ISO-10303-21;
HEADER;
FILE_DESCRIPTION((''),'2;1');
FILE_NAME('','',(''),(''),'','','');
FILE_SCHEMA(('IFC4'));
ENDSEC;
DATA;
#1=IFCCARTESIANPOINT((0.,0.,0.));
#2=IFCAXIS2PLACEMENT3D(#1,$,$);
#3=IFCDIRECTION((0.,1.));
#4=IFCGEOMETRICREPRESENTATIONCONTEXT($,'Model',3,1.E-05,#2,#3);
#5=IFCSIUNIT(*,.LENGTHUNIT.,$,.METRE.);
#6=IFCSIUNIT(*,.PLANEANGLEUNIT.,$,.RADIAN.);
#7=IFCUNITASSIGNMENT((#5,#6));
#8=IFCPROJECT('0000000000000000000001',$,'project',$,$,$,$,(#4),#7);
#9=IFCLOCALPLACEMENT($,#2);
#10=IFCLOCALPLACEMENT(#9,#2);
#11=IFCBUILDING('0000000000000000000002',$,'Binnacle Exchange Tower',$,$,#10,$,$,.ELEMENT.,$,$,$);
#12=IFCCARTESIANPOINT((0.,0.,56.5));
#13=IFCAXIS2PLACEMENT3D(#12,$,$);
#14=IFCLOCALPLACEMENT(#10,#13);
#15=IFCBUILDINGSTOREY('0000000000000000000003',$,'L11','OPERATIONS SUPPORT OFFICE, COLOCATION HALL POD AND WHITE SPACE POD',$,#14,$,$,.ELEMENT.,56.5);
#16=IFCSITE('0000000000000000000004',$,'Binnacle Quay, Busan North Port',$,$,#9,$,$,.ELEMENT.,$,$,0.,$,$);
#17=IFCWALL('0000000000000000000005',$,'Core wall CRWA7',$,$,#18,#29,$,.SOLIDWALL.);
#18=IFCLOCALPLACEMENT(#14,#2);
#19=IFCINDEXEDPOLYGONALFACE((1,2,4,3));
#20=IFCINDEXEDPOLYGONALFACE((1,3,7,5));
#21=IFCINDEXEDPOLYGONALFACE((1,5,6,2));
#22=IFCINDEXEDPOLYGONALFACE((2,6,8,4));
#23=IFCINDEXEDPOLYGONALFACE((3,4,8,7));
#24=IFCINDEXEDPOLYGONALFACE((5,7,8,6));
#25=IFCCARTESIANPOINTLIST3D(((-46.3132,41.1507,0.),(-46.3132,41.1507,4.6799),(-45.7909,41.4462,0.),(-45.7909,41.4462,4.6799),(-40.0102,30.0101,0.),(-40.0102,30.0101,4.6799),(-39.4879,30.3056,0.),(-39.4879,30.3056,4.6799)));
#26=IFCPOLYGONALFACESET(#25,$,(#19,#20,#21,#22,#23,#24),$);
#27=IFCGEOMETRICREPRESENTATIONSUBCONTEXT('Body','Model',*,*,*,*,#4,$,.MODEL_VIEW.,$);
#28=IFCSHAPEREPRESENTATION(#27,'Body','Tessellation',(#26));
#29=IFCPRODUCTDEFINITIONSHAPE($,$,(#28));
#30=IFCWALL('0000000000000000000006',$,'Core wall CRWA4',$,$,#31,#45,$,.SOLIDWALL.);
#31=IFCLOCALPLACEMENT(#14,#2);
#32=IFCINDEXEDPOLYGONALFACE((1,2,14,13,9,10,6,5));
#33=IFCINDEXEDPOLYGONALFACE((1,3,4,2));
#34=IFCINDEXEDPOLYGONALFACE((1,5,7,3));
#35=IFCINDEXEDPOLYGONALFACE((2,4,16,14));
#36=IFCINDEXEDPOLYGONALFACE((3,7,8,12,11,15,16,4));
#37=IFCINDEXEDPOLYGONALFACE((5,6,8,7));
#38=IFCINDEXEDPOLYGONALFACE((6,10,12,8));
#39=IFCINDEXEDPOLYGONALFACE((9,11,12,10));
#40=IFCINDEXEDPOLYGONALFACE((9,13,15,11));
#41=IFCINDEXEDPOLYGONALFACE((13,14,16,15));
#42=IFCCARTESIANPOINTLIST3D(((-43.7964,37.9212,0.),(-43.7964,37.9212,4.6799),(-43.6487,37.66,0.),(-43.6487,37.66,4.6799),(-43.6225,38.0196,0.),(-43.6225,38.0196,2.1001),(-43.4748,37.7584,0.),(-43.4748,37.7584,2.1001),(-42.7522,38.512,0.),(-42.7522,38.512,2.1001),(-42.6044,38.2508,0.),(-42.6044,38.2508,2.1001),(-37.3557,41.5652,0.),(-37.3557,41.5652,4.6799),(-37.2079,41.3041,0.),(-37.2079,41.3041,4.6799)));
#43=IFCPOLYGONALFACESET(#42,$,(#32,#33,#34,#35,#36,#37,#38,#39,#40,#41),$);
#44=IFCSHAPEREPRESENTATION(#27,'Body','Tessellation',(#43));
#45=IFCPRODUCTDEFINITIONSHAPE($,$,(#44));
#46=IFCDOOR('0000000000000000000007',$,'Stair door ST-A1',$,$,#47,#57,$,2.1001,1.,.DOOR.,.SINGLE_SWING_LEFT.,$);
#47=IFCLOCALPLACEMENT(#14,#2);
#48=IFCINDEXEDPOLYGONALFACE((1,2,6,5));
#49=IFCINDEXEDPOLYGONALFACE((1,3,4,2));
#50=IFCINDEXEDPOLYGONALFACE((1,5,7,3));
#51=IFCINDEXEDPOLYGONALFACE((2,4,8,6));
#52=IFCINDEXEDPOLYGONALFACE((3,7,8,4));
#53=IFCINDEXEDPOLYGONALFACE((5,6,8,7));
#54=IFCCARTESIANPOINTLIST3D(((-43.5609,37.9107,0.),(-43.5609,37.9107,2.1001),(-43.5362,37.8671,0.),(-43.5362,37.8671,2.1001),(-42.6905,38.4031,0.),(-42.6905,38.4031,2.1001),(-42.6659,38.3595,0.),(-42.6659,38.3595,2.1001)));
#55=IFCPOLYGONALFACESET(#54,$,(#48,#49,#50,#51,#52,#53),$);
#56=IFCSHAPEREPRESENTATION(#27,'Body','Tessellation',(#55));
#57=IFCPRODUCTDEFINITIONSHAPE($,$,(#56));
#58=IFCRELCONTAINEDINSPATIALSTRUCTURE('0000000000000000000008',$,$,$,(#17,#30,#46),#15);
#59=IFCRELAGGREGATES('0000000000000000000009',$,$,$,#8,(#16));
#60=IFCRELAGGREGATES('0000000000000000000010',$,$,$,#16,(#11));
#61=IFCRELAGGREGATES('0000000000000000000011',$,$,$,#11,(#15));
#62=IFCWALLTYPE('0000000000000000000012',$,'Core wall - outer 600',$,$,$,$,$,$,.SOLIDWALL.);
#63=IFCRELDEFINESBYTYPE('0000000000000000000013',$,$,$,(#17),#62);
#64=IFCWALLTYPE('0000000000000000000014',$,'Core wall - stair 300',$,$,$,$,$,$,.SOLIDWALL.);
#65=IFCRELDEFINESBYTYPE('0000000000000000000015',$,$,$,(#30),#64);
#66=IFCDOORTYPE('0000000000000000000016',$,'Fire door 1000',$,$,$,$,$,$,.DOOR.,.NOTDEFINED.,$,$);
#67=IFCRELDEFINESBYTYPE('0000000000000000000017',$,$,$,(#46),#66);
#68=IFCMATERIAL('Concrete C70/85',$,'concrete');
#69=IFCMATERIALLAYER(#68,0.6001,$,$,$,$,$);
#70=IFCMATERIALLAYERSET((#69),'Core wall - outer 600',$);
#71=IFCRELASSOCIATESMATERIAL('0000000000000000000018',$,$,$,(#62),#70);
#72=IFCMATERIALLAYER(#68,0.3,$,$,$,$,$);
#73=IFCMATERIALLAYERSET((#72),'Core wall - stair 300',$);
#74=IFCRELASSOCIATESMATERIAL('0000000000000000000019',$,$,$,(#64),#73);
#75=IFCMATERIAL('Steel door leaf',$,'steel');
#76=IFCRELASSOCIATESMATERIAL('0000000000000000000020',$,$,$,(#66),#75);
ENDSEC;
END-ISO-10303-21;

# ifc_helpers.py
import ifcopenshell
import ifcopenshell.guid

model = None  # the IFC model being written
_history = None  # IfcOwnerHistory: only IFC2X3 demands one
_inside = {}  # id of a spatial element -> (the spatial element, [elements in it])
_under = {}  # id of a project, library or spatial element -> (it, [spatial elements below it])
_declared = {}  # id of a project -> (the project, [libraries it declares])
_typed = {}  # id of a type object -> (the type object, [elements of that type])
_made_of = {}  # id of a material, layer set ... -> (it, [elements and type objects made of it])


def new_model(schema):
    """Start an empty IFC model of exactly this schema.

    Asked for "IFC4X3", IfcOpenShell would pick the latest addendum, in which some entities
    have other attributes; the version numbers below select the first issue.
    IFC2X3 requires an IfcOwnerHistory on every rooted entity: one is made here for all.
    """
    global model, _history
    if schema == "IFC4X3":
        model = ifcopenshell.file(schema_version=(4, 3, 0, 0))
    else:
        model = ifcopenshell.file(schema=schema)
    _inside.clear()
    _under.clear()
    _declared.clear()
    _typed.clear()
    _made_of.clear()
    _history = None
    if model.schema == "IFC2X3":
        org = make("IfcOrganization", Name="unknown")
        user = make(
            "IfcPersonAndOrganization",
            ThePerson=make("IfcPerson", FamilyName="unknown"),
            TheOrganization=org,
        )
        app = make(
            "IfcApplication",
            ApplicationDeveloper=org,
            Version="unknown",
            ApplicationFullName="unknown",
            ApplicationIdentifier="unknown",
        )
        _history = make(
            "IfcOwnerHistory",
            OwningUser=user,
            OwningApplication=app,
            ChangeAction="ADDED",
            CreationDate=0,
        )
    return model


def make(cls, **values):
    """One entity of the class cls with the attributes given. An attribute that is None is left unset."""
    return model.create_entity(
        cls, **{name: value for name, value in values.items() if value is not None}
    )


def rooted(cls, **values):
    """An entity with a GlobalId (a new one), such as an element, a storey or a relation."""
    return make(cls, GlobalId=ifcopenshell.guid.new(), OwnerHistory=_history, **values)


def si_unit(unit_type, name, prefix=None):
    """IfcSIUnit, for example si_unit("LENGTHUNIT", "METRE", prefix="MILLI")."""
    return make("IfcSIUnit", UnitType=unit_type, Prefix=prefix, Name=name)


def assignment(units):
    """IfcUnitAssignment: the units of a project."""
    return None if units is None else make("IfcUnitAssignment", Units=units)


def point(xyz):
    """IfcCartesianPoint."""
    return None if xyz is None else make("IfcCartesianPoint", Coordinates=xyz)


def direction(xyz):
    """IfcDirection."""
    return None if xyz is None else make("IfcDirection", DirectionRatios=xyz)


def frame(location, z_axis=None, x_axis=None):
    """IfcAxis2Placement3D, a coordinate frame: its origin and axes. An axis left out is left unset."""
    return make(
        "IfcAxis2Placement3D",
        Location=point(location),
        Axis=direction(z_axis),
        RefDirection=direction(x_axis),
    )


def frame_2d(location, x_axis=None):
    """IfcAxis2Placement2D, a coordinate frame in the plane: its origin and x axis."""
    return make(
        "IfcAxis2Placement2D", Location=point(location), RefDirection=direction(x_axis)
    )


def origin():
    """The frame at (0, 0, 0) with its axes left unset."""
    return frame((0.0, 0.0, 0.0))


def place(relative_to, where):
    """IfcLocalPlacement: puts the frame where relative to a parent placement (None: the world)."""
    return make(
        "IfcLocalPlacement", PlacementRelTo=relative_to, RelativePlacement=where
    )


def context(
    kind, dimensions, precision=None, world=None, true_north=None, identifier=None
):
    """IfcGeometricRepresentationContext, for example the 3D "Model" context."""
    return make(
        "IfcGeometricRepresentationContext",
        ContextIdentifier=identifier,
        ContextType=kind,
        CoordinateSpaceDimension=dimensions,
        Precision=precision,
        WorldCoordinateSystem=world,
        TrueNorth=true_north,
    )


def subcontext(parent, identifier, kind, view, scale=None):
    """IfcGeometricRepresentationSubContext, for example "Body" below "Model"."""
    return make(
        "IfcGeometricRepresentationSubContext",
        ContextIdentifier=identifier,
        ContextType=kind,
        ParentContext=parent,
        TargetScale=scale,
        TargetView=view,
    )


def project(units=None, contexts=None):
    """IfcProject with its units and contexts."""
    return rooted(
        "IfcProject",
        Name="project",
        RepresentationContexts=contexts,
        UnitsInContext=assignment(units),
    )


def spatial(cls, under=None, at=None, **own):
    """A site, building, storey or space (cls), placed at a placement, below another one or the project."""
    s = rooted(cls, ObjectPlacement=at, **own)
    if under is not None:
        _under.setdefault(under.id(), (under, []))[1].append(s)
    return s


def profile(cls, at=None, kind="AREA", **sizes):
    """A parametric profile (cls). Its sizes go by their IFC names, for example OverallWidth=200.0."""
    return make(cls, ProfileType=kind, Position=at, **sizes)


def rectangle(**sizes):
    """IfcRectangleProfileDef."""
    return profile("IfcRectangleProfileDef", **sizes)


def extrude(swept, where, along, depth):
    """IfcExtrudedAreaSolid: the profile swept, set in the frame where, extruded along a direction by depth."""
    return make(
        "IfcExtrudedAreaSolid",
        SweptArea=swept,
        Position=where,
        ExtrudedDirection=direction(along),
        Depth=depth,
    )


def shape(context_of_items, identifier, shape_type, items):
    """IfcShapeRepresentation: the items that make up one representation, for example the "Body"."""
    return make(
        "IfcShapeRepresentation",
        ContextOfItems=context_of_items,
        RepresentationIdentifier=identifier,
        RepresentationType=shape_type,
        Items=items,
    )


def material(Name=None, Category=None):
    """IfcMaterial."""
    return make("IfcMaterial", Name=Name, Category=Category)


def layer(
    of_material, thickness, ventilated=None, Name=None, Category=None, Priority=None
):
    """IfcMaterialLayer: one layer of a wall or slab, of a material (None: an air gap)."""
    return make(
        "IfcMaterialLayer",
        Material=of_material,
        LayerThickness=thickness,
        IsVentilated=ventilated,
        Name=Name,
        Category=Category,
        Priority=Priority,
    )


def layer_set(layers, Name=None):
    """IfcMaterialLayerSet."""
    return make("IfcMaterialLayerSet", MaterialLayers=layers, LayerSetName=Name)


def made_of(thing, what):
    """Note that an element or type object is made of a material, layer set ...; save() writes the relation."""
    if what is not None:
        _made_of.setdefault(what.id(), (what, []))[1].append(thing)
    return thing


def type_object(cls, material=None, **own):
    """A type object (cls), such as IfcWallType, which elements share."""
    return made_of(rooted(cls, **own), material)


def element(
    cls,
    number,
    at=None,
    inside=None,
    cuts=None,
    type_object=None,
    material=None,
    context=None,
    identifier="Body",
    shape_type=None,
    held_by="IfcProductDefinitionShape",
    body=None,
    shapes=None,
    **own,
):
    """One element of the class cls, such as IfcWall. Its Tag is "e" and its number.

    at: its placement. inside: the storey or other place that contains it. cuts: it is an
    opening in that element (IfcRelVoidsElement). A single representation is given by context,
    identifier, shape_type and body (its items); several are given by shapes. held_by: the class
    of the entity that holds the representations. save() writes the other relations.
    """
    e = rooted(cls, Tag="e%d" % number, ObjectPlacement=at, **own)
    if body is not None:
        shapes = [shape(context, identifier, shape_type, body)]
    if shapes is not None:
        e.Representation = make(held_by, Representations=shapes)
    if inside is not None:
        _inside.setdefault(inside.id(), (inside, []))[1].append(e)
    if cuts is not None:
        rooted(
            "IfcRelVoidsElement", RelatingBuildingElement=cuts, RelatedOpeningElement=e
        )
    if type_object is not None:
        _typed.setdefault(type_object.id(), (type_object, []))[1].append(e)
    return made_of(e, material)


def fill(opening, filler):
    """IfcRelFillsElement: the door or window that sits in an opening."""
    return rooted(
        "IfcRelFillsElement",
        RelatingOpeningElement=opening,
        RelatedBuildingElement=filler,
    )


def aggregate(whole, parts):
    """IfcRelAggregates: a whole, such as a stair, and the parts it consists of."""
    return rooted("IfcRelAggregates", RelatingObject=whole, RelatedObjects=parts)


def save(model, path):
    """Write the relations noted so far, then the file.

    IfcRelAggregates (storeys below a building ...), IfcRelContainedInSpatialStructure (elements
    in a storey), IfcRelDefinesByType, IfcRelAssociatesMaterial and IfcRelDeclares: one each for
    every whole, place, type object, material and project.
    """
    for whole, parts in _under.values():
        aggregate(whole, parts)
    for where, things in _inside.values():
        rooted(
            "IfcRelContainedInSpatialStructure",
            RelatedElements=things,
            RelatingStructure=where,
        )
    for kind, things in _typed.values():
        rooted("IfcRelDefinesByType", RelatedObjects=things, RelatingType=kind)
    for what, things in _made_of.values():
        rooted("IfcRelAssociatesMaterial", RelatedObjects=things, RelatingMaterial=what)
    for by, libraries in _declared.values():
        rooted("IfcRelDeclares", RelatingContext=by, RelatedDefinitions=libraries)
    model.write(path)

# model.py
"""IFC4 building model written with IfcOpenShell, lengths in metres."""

from ifc_helpers import new_model, si_unit, direction, frame, frame_2d, origin, place, context, subcontext, project, spatial, rectangle, extrude, material, layer, layer_set, type_object, element, fill, save


model = new_model("IFC4")

# Units and contexts
model_context = context("Model", 3, precision=1e-05, world=origin(), true_north=direction((0.0, 1.0)))
body_context = subcontext(model_context, "Body", "Model", "MODEL_VIEW")
ifc_project = project(units=[si_unit("LENGTHUNIT", "METRE"), si_unit("PLANEANGLEUNIT", "RADIAN")], contexts=[model_context])

# Site, building, storey
site_placement = place(None, origin())
site = spatial("IfcSite", under=ifc_project, at=site_placement, Name="Binnacle Quay, Busan North Port", CompositionType="ELEMENT", RefElevation=0.0)
building_placement = place(site_placement, origin())
building = spatial("IfcBuilding", under=site, at=building_placement, Name="Binnacle Exchange Tower", CompositionType="ELEMENT")
storey_placement = place(building_placement, frame((0.0, 0.0, 56.5)))
storey = spatial("IfcBuildingStorey", under=building, at=storey_placement, Name="L11", Description="OPERATIONS SUPPORT OFFICE, COLOCATION HALL POD AND WHITE SPACE POD", CompositionType="ELEMENT", Elevation=56.5)

# Shared definitions
ifc_material_1 = material(Name="Concrete C70/85", Category="concrete")

# Wall
ifc_layer_1 = layer(ifc_material_1, 0.6001)
ifc_layer_set_1 = layer_set([ifc_layer_1], Name="Core wall - outer 600")
wall_type_1 = type_object("IfcWallType", Name="Core wall - outer 600", PredefinedType="SOLIDWALL", material=ifc_layer_set_1)
wall_1_placement = place(storey_placement, frame((-46.052, 41.2983, 0.0), z_axis=(0.0, 0.0, 1.0), x_axis=(0.492419, -0.870359, 0.0)))
element("IfcWall", 1, at=wall_1_placement, inside=storey, type_object=wall_type_1, Name="Core wall CRWA7", PredefinedType="SOLIDWALL", context=body_context, shape_type="SweptSolid", body=[
    extrude(rectangle(XDim=12.8, YDim=0.6001, at=frame_2d((6.3999, 0.0))), origin(), (0.0, 0.0, 1.0), 4.6799),
])

# Wall, opening, door
ifc_layer_2 = layer(ifc_material_1, 0.3)
ifc_layer_set_2 = layer_set([ifc_layer_2], Name="Core wall - stair 300")
wall_type_2 = type_object("IfcWallType", Name="Core wall - stair 300", PredefinedType="SOLIDWALL", material=ifc_layer_set_2)
wall_2_placement = place(storey_placement, frame((-43.7227, 37.7905, 0.0), z_axis=(0.0, 0.0, 1.0), x_axis=(0.870351, 0.492432, 0.0)))
wall_2 = element("IfcWall", 2, at=wall_2_placement, inside=storey, type_object=wall_type_2, Name="Core wall CRWA4", PredefinedType="SOLIDWALL", context=body_context, shape_type="SweptSolid", body=[
    extrude(rectangle(XDim=7.4001, YDim=0.3, at=frame_2d((3.7002, 0.0))), origin(), (0.0, 0.0, 1.0), 4.6799),
])
opening_1_placement = place(wall_2_placement, frame((0.2, 0.0, 0.0)))
opening_1 = element("IfcOpeningElement", 3, at=opening_1_placement, cuts=wall_2, PredefinedType="OPENING", context=body_context, shape_type="SweptSolid", body=[
    extrude(rectangle(XDim=1.0, YDim=2.1001, at=frame_2d((0.5, 1.05))), frame((0.0, 0.1599, 0.0), z_axis=(0.0, -1.0, 0.0), x_axis=(1.0, 0.0, 0.0)), (0.0, 0.0, 1.0), 0.3201),
])
ifc_material_2 = material(Name="Steel door leaf", Category="steel")
door_type = type_object("IfcDoorType", Name="Fire door 1000", OperationType="NOTDEFINED", PredefinedType="DOOR", material=ifc_material_2)
door_placement = place(opening_1_placement, origin())
door = element("IfcDoor", 4, at=door_placement, inside=storey, type_object=door_type, Name="Stair door ST-A1", OperationType="SINGLE_SWING_LEFT", OverallHeight=2.1001, OverallWidth=1.0, PredefinedType="DOOR", context=body_context, shape_type="SweptSolid", body=[
    extrude(rectangle(XDim=1.0, YDim=2.1001, at=frame_2d((0.5, 1.05))), frame((0.0, 0.0249, 0.0), z_axis=(0.0, -1.0, 0.0), x_axis=(1.0, 0.0, 0.0)), (0.0, 0.0, 1.0), 0.05),
])
fill(opening_1, door)

save(model, "model.ifc")
